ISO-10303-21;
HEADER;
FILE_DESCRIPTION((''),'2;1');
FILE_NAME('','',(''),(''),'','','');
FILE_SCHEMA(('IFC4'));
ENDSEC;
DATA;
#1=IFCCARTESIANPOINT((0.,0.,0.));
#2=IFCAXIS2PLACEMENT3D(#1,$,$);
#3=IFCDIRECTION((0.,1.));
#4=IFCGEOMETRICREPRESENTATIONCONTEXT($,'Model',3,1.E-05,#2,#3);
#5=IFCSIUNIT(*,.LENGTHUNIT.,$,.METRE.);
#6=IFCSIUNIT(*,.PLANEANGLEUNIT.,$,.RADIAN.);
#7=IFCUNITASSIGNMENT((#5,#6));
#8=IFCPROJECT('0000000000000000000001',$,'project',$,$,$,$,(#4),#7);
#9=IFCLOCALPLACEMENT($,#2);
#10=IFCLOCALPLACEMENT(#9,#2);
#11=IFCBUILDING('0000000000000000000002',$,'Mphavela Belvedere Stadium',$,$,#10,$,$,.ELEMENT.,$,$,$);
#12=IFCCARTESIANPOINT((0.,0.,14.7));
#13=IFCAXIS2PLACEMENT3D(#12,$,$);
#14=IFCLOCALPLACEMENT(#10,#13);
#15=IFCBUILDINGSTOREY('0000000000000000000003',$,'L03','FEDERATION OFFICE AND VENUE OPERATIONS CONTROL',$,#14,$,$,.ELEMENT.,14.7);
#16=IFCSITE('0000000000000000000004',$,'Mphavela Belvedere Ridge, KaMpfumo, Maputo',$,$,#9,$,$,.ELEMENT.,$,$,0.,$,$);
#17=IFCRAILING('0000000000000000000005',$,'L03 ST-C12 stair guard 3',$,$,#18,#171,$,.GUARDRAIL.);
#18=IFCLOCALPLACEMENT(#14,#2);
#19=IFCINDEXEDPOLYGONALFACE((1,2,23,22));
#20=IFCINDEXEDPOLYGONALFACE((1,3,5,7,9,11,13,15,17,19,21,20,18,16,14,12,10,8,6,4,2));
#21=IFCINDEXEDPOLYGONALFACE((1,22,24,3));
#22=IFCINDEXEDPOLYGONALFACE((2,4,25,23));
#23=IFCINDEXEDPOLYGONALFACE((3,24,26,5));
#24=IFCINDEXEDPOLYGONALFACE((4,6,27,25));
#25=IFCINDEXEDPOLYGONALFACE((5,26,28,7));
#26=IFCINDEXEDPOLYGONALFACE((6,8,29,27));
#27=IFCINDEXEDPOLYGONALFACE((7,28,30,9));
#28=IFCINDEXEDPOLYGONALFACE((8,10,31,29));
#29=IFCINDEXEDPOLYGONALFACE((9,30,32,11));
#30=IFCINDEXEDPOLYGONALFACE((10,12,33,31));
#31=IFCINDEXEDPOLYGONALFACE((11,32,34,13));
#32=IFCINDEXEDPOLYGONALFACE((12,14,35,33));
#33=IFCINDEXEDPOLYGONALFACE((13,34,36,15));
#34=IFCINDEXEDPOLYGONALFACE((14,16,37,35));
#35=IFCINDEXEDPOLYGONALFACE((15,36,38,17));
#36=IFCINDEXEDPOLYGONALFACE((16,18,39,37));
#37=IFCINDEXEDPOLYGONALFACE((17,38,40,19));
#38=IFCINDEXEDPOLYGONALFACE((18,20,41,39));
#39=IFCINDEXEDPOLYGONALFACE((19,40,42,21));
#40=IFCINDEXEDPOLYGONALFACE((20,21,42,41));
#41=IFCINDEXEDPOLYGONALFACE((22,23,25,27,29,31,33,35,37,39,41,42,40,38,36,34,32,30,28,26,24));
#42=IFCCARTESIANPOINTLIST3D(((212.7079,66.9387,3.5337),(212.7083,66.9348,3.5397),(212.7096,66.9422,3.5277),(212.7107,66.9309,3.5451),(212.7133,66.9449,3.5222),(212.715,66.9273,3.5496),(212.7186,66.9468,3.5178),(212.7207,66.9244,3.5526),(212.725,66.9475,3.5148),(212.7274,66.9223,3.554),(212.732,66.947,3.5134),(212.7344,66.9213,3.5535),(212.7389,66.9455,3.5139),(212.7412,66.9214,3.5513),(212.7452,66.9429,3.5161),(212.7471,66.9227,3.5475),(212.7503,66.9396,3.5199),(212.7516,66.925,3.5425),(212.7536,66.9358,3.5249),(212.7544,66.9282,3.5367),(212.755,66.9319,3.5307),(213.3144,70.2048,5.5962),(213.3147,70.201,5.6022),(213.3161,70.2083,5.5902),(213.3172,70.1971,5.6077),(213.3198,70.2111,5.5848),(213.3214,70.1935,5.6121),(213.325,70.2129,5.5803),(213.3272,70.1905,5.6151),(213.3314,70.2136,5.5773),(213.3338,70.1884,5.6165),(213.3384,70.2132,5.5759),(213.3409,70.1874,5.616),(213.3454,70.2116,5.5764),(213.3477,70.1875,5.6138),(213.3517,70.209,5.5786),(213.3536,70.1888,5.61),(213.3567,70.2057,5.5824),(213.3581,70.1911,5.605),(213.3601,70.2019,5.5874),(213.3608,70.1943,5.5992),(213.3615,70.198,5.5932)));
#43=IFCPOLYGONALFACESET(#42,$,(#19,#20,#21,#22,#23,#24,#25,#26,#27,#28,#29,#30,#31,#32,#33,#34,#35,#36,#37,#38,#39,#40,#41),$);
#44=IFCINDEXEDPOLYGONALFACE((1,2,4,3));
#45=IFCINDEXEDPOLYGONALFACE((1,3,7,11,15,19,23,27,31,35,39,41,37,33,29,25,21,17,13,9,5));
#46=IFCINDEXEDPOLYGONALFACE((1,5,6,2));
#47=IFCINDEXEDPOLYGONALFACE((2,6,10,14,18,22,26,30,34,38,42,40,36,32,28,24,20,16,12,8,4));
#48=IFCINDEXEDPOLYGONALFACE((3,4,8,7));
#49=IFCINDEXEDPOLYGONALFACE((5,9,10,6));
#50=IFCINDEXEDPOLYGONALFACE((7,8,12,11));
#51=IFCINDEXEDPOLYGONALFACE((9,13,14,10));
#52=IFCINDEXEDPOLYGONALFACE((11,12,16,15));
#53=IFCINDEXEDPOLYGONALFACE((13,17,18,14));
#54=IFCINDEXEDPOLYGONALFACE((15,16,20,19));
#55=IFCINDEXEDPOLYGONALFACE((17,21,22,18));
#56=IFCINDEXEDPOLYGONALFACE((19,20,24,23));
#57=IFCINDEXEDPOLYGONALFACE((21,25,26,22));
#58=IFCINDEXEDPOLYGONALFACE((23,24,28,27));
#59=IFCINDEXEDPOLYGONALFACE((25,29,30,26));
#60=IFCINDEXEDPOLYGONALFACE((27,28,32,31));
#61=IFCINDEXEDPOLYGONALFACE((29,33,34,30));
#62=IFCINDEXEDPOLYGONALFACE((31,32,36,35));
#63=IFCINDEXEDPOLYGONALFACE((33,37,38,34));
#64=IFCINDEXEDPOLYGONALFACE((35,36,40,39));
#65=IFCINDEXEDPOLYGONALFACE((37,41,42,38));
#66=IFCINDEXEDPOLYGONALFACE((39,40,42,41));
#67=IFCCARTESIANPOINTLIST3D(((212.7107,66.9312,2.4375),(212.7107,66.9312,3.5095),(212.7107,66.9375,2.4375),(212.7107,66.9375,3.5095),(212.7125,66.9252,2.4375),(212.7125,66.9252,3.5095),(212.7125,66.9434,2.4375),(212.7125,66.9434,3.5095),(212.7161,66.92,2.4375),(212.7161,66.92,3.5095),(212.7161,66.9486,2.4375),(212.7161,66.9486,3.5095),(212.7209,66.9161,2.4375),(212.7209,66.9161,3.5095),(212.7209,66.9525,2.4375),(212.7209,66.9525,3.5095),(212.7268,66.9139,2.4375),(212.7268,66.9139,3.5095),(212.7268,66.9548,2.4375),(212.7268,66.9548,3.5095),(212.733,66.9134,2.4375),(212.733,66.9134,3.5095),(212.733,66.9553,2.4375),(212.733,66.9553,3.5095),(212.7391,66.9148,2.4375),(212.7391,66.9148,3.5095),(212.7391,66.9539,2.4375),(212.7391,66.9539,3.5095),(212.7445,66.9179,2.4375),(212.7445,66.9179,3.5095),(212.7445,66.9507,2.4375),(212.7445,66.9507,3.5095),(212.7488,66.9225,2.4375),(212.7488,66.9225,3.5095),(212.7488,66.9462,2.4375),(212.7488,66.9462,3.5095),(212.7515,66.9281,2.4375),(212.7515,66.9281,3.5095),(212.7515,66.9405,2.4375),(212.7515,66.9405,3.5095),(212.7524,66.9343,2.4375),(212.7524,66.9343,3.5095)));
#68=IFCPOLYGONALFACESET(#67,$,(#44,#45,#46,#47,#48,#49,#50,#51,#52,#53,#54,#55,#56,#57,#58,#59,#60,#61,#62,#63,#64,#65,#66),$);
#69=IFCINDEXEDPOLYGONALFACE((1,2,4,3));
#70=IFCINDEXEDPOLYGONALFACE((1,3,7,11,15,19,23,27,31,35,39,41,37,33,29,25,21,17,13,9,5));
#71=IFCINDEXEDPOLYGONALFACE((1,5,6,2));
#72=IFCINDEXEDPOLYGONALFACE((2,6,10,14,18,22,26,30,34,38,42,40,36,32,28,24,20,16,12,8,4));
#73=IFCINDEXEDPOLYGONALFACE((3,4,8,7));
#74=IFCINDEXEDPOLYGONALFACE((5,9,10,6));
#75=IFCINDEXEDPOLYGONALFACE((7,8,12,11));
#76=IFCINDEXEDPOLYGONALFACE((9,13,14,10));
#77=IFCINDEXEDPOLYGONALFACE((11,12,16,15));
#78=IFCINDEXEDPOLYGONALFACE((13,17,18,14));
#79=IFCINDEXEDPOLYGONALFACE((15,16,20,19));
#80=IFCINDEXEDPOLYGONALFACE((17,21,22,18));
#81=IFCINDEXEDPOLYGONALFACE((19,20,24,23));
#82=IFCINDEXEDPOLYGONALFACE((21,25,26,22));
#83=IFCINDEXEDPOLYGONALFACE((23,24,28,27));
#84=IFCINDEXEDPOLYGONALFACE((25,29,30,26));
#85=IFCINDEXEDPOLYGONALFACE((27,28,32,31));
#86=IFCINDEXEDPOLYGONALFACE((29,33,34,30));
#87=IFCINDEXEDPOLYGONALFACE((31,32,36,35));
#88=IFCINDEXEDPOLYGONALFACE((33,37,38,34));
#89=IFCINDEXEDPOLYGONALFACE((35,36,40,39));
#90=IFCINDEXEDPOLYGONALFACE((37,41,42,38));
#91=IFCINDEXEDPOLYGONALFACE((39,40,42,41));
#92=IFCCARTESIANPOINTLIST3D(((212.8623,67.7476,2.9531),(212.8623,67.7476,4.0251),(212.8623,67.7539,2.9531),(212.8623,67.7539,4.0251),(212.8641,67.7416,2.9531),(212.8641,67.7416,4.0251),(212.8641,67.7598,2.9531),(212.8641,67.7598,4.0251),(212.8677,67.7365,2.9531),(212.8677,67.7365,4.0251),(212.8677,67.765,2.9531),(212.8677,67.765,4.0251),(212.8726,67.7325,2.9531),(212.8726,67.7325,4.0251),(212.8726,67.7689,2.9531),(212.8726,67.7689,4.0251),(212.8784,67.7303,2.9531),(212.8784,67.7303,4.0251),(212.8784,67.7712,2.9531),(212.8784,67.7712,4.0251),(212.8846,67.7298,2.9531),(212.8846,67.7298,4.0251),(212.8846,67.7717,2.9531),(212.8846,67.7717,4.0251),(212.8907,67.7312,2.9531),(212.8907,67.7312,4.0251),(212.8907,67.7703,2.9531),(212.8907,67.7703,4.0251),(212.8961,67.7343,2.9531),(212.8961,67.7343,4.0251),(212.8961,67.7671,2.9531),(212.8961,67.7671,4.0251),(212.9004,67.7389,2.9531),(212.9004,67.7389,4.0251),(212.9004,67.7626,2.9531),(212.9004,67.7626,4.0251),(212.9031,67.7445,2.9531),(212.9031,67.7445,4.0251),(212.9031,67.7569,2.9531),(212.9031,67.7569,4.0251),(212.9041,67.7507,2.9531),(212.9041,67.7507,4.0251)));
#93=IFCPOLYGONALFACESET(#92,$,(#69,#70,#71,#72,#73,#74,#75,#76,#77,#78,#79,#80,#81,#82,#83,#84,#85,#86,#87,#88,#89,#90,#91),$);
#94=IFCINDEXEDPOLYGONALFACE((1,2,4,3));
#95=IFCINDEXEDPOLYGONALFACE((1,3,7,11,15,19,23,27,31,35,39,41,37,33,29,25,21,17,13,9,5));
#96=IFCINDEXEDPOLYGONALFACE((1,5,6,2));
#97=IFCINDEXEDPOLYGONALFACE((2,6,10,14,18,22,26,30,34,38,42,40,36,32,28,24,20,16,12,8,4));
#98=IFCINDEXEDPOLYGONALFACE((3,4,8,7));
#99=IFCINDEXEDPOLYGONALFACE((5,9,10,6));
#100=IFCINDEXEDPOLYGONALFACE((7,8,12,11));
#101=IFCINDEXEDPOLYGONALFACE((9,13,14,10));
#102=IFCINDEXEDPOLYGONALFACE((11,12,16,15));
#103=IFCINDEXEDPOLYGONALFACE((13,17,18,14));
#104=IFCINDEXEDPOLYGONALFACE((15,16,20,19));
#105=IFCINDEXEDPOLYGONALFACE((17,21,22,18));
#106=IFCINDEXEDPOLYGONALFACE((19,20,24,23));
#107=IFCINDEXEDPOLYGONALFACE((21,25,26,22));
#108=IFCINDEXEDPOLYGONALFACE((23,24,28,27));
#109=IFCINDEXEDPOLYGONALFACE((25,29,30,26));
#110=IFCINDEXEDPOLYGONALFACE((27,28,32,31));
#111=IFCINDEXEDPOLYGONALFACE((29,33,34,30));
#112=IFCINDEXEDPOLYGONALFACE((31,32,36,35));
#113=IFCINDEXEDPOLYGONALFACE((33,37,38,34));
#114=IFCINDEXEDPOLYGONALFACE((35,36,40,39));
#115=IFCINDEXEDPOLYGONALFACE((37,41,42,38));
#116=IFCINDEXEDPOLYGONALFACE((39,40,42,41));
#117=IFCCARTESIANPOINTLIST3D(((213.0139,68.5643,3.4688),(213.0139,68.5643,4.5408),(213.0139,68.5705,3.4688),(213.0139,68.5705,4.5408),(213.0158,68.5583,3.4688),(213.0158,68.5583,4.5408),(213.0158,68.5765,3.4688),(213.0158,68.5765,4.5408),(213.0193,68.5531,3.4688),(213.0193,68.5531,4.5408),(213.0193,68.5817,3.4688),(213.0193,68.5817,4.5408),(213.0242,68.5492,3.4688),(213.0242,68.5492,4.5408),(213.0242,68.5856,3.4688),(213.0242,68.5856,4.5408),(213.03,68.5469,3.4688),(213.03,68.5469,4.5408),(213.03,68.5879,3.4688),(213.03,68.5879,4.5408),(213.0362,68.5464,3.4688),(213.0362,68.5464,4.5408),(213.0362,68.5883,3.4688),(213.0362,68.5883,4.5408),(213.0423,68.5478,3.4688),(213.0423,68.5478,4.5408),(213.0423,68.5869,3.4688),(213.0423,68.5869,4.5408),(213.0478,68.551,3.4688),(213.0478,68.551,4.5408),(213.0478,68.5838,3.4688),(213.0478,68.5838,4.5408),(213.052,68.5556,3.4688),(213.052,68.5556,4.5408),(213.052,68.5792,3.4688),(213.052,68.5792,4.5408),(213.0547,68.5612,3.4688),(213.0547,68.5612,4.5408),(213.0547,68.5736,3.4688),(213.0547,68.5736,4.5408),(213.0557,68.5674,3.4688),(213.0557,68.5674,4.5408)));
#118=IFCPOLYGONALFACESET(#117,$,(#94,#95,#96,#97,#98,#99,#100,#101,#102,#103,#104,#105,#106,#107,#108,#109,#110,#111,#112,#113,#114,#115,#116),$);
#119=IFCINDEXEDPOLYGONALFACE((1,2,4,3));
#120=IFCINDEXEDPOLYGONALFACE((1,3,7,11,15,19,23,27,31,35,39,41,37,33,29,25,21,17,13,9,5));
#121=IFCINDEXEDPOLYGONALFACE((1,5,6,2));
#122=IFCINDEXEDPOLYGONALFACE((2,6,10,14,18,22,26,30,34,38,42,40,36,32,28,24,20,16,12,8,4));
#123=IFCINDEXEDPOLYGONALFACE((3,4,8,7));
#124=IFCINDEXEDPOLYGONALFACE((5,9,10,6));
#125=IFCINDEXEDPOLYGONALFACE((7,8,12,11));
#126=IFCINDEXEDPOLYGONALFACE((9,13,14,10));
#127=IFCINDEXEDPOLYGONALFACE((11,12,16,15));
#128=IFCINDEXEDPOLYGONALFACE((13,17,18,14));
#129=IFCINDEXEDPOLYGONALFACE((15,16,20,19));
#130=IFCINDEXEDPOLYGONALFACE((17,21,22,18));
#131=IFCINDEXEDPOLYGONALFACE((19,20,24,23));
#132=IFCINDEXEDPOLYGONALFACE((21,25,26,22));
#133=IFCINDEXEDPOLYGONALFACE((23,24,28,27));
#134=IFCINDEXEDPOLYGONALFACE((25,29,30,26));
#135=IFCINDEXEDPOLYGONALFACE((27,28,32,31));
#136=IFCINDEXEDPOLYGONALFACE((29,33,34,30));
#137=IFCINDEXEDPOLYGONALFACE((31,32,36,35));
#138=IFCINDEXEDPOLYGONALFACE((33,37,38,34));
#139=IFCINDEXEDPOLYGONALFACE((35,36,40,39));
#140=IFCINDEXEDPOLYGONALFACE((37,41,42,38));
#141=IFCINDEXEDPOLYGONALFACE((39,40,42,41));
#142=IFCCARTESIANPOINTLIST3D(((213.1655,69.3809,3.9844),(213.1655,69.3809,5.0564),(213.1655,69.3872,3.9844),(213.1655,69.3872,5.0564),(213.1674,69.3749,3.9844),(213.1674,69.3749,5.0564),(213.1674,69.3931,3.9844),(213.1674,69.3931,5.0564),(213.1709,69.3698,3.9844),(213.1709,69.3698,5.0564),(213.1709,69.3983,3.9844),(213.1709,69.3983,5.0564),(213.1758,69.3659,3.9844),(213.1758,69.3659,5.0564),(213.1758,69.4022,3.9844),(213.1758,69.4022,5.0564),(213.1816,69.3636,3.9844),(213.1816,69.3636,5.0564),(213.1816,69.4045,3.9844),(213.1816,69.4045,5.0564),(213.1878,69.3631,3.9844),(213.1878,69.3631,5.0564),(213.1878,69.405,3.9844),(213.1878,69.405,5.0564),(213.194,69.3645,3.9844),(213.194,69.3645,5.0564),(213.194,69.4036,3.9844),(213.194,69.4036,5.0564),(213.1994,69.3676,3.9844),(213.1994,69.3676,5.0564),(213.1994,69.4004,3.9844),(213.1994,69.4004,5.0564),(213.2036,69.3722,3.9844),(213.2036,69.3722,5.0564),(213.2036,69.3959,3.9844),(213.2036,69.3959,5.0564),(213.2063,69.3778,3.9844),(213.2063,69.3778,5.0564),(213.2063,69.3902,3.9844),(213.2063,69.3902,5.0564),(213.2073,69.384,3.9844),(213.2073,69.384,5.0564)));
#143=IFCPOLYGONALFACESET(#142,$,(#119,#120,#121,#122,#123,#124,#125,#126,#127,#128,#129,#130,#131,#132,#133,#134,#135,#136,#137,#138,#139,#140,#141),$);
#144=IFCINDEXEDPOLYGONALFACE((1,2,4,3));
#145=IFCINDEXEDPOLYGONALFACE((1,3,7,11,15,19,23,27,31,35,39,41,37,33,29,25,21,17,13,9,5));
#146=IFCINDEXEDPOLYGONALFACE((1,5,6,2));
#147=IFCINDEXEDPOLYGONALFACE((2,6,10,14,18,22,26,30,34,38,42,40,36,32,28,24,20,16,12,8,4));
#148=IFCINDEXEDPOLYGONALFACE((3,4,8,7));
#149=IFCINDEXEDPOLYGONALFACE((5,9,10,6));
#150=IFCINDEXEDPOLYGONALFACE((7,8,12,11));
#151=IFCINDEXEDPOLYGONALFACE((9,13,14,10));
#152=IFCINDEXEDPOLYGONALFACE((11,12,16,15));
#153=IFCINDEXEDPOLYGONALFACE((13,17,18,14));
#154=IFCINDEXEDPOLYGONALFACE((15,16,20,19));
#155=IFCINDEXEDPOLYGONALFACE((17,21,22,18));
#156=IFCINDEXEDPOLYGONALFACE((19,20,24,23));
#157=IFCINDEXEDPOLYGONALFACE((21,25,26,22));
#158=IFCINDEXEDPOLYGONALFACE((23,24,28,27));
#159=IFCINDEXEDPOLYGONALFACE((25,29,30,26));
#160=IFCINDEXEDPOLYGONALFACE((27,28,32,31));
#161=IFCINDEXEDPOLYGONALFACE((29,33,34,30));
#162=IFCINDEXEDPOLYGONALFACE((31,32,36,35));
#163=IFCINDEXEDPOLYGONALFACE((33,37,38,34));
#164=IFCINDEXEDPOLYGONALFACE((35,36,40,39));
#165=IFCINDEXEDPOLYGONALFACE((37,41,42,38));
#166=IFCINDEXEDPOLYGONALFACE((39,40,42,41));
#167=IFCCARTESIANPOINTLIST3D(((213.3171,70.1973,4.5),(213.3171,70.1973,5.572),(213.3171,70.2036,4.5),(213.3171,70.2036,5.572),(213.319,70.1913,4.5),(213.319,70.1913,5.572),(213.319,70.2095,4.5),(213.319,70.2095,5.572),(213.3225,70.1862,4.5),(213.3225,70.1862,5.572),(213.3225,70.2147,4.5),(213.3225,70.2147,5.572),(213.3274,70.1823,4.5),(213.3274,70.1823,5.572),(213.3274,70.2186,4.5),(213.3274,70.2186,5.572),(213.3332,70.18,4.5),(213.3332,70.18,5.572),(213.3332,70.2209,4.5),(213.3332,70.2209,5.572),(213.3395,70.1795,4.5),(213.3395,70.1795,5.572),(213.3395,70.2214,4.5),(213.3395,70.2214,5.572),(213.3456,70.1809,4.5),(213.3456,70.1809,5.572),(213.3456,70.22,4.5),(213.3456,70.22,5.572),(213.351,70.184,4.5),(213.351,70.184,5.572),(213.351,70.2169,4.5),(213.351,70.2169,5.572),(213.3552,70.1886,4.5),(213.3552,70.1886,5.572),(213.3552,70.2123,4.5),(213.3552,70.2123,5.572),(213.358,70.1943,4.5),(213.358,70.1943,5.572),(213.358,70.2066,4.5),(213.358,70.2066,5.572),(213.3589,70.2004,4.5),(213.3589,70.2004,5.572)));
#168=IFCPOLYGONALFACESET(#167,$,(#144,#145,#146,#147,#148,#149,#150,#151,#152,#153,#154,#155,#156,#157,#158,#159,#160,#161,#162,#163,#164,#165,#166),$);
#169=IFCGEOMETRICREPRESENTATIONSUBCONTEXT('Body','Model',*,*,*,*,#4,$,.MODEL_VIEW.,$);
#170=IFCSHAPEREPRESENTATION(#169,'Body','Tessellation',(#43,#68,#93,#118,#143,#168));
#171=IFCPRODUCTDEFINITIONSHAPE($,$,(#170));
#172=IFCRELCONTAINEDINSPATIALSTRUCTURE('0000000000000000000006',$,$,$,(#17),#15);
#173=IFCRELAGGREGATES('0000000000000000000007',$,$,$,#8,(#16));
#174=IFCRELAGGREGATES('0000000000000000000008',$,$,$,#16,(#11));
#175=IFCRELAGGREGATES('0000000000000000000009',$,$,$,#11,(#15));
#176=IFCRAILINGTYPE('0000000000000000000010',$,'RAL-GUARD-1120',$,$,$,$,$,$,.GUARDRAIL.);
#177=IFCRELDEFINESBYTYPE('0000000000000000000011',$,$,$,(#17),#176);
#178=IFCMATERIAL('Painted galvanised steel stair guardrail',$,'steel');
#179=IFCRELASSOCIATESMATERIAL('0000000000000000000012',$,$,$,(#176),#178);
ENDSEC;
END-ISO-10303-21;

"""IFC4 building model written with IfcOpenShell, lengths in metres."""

from ifc_helpers import new_model, si_unit, direction, frame, origin, origin_2d, place, context, subcontext, project, spatial, circle, extrude, material, type_object, element, save


model = new_model("IFC4")

# Units and contexts
model_context = context("Model", 3, precision=1e-05, world=origin(), true_north=direction((0.0, 1.0)))
body_context = subcontext(model_context, "Body", "Model", "MODEL_VIEW")
ifc_project = project(units=[si_unit("LENGTHUNIT", "METRE"), si_unit("PLANEANGLEUNIT", "RADIAN")], contexts=[model_context])

# Site, building, storey
site_placement = place(None, origin())
site = spatial("IfcSite", under=ifc_project, at=site_placement, Name="Mphavela Belvedere Ridge, KaMpfumo, Maputo", CompositionType="ELEMENT", RefElevation=0.0)
building_placement = place(site_placement, origin())
building = spatial("IfcBuilding", under=site, at=building_placement, Name="Mphavela Belvedere Stadium", CompositionType="ELEMENT")
storey_placement = place(building_placement, frame((0.0, 0.0, 14.7)))
storey = spatial("IfcBuildingStorey", under=building, at=storey_placement, Name="L03", Description="FEDERATION OFFICE AND VENUE OPERATIONS CONTROL", CompositionType="ELEMENT", Elevation=14.7)

# Railing
ifc_material_1 = material(Name="Painted galvanised steel stair guardrail", Category="steel")
railing_type_1 = type_object("IfcRailingType", Name="RAL-GUARD-1120", PredefinedType="GUARDRAIL", material=ifc_material_1)
railing_1_placement = place(storey_placement, frame((212.7314, 66.9343, 2.4375)))
element("IfcRailing", 1, at=railing_1_placement, inside=storey, type_object=railing_type_1, Name="L03 ST-C12 stair guard 3", PredefinedType="GUARDRAIL", context=body_context, shape_type="SweptSolid", body=[
    extrude(circle(Radius=0.0239, at=origin_2d()), frame((0.0, 0.0, 1.0962), z_axis=(0.155096, 0.835294, 0.527475), x_axis=(-0.983195, 0.182558, 0.0)), (0.0, 0.0, 1.0), 3.9102),
    extrude(circle(Radius=0.021, at=origin_2d()), origin(), (0.0, 0.0, 1.0), 1.072),
    extrude(circle(Radius=0.021, at=origin_2d()), frame((0.1516, 0.8164, 0.5156)), (0.0, 0.0, 1.0), 1.072),
    extrude(circle(Radius=0.021, at=origin_2d()), frame((0.3032, 1.6331, 1.0312)), (0.0, 0.0, 1.0), 1.072),
    extrude(circle(Radius=0.021, at=origin_2d()), frame((0.4548, 2.4497, 1.5469)), (0.0, 0.0, 1.0), 1.072),
    extrude(circle(Radius=0.021, at=origin_2d()), frame((0.6064, 3.2661, 2.0625)), (0.0, 0.0, 1.0), 1.072),
])

save(model, "model.ifc")
